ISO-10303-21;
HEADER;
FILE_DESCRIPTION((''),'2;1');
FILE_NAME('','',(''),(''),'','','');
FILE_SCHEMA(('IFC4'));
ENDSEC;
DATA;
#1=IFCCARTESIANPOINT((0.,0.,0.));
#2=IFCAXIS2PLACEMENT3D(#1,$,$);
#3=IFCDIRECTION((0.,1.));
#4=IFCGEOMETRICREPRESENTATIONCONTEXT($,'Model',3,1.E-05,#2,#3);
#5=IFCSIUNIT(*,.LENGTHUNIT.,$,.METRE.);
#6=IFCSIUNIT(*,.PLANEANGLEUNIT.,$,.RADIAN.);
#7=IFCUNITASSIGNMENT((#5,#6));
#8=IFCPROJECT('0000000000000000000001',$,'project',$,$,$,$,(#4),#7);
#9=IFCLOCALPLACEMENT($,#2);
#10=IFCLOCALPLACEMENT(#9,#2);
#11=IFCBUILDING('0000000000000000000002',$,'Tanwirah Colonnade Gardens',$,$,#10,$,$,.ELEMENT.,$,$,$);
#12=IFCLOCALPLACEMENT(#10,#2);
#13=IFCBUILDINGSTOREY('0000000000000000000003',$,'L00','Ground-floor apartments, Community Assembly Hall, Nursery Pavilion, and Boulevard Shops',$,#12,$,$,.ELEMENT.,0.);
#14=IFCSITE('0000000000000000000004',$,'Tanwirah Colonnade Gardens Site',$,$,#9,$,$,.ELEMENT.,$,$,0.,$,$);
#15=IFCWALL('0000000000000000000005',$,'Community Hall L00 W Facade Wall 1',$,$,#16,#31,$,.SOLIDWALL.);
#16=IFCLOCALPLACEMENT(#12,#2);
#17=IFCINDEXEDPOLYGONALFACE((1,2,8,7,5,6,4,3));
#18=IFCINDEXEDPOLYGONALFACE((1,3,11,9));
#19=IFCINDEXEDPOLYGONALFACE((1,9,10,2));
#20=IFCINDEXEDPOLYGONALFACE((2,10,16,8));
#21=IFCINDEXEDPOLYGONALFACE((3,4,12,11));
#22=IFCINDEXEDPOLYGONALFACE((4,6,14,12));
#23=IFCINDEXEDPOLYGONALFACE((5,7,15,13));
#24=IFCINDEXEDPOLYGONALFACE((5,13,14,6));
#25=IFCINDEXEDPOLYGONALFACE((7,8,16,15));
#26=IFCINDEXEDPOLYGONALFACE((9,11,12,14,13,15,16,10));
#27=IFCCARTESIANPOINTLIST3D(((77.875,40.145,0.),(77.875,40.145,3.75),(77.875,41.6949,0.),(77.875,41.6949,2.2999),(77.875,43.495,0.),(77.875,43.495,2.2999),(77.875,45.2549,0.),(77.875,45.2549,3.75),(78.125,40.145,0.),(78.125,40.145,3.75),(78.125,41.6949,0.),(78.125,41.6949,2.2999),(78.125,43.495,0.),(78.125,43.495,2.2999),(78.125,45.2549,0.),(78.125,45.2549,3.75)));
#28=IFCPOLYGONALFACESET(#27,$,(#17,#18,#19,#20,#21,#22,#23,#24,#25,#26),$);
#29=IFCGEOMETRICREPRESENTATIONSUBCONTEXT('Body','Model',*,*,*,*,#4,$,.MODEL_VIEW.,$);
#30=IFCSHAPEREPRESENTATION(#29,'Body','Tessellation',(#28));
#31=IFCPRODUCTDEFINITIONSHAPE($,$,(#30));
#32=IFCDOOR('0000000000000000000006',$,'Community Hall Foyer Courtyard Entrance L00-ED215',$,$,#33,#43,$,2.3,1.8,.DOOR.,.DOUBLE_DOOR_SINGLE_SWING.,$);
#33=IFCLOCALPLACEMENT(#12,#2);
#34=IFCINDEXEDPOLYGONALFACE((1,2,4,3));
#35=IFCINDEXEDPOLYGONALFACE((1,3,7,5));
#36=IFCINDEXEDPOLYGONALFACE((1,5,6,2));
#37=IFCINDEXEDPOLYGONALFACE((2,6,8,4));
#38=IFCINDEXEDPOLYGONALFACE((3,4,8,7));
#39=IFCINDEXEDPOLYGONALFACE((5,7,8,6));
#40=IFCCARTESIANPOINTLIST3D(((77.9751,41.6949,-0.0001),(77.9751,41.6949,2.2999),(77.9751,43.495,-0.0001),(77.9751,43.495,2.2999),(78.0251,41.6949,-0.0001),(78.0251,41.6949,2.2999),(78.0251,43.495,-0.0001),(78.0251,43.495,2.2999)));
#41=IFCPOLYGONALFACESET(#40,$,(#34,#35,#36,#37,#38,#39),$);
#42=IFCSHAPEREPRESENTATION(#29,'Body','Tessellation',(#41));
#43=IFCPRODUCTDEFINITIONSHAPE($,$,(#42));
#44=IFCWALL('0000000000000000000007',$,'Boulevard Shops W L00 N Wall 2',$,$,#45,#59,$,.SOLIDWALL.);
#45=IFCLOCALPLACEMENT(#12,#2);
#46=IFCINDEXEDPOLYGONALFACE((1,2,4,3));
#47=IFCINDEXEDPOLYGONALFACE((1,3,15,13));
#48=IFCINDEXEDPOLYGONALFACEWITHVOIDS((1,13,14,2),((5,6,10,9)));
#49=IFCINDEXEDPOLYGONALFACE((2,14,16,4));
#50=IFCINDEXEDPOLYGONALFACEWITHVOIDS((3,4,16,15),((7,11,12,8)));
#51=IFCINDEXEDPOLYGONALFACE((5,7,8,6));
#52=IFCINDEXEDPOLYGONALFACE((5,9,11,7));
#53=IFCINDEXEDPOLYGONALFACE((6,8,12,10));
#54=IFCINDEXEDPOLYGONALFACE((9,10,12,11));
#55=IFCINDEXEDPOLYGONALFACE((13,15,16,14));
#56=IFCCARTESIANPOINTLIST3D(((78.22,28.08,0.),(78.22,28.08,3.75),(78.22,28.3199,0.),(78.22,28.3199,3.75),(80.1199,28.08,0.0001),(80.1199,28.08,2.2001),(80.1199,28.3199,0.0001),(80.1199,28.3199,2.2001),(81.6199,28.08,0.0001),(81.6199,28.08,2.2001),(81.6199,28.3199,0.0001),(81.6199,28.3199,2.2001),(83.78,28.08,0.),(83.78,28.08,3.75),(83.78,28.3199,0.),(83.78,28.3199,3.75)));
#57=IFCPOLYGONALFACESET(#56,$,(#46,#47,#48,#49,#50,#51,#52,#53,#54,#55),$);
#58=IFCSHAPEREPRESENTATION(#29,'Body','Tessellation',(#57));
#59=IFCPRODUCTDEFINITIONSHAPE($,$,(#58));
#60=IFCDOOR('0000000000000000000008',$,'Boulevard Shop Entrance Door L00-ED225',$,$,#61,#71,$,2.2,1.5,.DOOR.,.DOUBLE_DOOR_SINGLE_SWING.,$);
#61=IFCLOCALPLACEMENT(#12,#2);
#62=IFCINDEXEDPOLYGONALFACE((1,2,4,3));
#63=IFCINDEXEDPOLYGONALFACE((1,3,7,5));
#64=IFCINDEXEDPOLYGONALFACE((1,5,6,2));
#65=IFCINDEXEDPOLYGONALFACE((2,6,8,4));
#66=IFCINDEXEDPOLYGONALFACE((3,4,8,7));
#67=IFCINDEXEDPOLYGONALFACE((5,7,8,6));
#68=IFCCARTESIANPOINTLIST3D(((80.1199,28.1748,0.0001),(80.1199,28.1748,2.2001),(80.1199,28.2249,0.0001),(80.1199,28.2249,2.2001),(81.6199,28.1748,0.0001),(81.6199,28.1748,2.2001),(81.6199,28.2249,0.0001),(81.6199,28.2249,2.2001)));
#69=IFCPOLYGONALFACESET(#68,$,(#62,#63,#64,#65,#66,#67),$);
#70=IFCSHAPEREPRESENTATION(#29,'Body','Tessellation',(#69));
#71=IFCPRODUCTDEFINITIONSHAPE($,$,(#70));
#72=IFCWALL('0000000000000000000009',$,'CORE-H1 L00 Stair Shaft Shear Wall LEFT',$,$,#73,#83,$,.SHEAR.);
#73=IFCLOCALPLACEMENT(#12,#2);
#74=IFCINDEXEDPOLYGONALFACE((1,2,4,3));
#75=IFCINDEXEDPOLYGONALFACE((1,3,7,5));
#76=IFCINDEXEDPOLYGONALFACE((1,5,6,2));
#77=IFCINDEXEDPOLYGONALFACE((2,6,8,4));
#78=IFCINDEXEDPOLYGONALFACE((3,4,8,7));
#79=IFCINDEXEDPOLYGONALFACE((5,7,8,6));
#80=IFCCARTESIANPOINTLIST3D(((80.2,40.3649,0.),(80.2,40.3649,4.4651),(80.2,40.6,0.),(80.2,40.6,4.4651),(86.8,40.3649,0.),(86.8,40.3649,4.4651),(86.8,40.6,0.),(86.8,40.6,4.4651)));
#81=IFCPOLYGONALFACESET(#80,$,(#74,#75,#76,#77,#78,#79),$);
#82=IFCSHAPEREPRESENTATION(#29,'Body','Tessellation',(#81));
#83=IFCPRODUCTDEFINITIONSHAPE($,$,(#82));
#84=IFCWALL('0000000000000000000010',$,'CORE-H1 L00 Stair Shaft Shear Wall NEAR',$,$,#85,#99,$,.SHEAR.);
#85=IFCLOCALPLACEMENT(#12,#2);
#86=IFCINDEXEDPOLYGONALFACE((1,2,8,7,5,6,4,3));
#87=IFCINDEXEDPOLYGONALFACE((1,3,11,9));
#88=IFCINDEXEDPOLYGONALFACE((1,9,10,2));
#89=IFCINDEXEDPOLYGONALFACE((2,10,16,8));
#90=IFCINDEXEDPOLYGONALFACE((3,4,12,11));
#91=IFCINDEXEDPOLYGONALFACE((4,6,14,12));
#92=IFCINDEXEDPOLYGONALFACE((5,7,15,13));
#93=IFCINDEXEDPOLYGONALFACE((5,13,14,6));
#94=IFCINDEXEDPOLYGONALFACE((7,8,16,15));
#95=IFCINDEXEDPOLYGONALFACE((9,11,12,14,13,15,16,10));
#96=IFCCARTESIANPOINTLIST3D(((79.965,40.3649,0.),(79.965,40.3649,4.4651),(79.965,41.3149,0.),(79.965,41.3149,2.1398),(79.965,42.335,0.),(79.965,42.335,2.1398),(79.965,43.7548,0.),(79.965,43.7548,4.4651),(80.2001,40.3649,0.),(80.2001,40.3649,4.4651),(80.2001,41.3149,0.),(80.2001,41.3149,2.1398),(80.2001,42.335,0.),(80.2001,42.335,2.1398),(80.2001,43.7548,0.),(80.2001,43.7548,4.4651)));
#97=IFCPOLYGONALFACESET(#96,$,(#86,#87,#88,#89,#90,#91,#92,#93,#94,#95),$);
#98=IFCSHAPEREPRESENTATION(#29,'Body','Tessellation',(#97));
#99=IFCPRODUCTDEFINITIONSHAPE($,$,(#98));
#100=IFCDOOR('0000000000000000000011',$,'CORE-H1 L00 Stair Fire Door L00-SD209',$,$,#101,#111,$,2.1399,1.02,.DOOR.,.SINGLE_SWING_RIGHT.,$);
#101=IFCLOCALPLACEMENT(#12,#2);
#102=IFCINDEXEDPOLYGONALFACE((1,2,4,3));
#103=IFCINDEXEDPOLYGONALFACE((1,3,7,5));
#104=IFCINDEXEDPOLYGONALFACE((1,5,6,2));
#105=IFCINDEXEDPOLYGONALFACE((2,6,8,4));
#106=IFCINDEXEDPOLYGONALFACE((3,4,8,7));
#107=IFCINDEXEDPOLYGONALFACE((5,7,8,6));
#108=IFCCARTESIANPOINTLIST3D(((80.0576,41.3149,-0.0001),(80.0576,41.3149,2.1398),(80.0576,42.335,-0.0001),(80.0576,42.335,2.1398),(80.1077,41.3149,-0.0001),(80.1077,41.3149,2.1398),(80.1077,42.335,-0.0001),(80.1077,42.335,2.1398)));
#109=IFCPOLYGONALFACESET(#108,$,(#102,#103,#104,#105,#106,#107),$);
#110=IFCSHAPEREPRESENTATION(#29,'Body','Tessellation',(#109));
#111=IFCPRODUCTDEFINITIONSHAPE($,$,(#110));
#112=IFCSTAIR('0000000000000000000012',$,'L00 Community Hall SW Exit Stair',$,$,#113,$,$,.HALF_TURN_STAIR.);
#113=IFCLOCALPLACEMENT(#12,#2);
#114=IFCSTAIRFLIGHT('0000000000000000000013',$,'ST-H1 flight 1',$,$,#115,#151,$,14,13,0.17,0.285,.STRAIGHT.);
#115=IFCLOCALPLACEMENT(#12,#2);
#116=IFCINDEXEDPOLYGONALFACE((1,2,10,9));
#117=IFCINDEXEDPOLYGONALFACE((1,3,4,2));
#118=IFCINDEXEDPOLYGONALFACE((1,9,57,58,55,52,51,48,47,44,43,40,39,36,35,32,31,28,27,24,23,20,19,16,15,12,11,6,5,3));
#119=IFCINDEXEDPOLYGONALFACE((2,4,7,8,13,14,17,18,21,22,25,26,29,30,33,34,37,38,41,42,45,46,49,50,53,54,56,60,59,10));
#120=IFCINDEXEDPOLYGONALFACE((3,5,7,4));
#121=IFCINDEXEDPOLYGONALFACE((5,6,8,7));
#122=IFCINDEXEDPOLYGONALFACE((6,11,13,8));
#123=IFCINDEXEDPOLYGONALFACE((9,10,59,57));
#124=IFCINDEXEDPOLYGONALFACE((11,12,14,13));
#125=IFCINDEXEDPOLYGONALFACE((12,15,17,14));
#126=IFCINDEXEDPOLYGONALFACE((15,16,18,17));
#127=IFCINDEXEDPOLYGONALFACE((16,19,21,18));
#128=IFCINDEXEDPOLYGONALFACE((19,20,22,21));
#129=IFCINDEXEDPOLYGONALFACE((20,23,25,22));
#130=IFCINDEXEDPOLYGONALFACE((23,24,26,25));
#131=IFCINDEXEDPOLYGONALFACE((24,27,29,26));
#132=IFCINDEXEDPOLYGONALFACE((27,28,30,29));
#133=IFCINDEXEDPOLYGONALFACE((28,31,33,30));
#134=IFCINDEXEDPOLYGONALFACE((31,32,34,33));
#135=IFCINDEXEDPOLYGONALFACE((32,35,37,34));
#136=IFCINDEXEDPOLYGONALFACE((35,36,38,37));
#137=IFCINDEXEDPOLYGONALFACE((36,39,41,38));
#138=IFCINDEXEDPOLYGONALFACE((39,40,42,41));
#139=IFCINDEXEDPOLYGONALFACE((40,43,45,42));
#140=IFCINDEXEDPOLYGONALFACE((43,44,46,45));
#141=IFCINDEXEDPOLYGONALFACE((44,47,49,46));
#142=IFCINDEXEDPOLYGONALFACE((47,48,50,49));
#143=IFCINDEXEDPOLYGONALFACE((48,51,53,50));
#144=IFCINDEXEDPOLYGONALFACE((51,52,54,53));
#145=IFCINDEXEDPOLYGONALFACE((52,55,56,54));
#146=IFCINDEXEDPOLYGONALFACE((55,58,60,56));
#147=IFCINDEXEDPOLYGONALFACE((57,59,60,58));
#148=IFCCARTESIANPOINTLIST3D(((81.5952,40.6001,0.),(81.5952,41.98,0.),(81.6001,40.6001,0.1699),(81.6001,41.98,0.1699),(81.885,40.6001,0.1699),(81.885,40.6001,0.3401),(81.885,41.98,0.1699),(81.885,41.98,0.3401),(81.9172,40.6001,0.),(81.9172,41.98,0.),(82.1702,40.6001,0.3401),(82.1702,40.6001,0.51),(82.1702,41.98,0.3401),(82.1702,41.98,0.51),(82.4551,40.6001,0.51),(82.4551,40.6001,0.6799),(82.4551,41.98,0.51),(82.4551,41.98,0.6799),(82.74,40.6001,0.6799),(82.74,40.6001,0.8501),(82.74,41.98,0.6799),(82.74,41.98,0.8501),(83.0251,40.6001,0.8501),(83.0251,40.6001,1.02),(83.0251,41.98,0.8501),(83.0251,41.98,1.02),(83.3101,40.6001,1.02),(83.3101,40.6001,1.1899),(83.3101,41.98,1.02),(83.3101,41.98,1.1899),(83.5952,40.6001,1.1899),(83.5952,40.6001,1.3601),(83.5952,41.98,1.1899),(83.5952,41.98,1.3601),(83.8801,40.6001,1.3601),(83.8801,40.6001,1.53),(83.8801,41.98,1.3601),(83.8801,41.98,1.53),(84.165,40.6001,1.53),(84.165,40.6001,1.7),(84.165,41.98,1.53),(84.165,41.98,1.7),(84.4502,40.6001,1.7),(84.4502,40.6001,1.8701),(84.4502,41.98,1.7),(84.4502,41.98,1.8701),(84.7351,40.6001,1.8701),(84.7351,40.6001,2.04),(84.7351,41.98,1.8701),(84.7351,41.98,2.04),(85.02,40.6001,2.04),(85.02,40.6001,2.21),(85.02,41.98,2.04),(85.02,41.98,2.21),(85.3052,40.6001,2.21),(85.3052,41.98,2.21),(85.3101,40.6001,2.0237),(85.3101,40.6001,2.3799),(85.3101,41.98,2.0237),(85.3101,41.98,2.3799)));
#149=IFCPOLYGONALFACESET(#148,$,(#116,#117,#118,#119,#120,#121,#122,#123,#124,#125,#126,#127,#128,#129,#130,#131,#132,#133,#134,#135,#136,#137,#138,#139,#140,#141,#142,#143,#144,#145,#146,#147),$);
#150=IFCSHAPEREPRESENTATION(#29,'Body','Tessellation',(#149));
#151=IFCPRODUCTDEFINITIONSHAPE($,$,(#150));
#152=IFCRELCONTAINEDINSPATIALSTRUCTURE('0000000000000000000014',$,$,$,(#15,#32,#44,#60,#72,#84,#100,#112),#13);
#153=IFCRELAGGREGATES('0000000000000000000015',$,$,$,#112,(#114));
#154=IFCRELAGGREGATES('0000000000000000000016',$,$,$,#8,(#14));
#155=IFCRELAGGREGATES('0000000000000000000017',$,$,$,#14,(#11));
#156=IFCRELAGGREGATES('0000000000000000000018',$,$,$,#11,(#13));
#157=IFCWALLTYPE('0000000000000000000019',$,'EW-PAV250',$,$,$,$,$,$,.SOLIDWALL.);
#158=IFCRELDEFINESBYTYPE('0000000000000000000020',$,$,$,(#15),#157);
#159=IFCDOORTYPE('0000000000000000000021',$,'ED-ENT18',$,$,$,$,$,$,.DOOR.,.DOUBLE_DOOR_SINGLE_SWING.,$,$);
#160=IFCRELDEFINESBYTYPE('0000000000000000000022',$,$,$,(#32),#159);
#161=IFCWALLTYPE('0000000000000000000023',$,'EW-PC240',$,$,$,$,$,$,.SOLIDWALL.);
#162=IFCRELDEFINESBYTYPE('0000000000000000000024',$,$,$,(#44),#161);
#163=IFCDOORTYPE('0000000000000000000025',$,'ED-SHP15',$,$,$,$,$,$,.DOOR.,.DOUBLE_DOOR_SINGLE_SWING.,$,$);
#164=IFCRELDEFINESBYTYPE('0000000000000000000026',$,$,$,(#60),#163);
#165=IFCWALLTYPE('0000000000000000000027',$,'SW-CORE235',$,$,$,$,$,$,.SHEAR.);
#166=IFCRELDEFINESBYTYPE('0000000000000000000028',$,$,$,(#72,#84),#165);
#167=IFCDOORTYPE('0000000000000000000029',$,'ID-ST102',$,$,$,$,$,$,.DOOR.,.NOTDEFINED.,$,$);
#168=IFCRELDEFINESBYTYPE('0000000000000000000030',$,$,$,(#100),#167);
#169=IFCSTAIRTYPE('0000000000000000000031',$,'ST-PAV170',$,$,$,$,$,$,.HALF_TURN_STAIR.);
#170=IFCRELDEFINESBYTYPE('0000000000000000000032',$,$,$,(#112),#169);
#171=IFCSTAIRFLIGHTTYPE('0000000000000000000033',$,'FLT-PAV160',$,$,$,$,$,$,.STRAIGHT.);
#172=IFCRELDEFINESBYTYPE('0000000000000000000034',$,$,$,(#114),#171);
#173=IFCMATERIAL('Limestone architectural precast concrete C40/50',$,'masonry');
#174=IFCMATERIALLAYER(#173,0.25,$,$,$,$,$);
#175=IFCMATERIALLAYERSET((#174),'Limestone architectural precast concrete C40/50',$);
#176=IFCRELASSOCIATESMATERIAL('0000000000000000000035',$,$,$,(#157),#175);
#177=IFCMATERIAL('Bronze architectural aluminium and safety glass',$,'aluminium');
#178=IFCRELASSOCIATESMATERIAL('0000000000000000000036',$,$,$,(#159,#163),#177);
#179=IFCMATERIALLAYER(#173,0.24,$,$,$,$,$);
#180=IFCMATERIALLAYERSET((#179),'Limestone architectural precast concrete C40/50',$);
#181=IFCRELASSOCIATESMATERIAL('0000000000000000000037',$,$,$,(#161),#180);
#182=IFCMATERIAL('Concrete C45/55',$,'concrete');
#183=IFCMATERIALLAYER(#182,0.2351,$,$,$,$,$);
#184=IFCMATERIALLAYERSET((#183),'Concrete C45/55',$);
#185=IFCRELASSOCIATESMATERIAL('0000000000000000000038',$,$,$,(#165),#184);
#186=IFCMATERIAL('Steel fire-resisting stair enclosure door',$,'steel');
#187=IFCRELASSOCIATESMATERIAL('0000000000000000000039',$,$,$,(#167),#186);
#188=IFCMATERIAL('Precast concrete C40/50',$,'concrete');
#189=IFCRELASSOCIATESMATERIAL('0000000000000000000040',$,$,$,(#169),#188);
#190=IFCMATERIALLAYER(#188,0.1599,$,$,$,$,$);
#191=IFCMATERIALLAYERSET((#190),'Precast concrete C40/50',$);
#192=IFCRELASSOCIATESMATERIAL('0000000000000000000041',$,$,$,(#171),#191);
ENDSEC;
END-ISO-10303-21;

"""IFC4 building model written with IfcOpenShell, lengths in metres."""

from ifc_helpers import new_model, si_unit, direction, frame, frame_2d, origin, place, context, subcontext, project, spatial, polyline, rectangle, outline, extrude, material, layer, layer_set, type_object, element, fill, aggregate, save


model = new_model("IFC4")

# Units and contexts
model_context = context("Model", 3, precision=1e-05, world=origin(), true_north=direction((0.0, 1.0)))
body_context = subcontext(model_context, "Body", "Model", "MODEL_VIEW")
ifc_project = project(units=[si_unit("LENGTHUNIT", "METRE"), si_unit("PLANEANGLEUNIT", "RADIAN")], contexts=[model_context])

# Site, building, storey
site_placement = place(None, origin())
site = spatial("IfcSite", under=ifc_project, at=site_placement, Name="Tanwirah Colonnade Gardens Site", CompositionType="ELEMENT", RefElevation=0.0)
building_placement = place(site_placement, origin())
building = spatial("IfcBuilding", under=site, at=building_placement, Name="Tanwirah Colonnade Gardens", CompositionType="ELEMENT")
storey_placement = place(building_placement, origin())
storey = spatial("IfcBuildingStorey", under=building, at=storey_placement, Name="L00", Description="Ground-floor apartments, Community Assembly Hall, Nursery Pavilion, and Boulevard Shops", CompositionType="ELEMENT", Elevation=0.0)

# Shared definitions
ifc_material_1 = material(Name="Precast concrete C40/50", Category="concrete")
ifc_material_2 = material(Name="Concrete C45/55", Category="concrete")

# Walls, openings, doors
ifc_material_3 = material(Name="Limestone architectural precast concrete C40/50", Category="masonry")
ifc_layer_1 = layer(ifc_material_3, 0.25)
ifc_layer_set_1 = layer_set([ifc_layer_1], Name="Limestone architectural precast concrete C40/50")
wall_type_1 = type_object("IfcWallType", Name="EW-PAV250", PredefinedType="SOLIDWALL", material=ifc_layer_set_1)
wall_1_placement = place(storey_placement, frame((78.0, 40.145, 0.0), z_axis=(0.0, 0.0, 1.0), x_axis=(0.0, 1.0, 0.0)))
wall_1 = element("IfcWall", 1, at=wall_1_placement, inside=storey, type_object=wall_type_1, Name="Community Hall L00 W Facade Wall 1", PredefinedType="SOLIDWALL", context=body_context, shape_type="SweptSolid", body=[
    extrude(rectangle(XDim=5.1099, YDim=0.25, at=frame_2d((2.5549, 0.0))), origin(), (0.0, 0.0, 1.0), 3.75),
])
opening_1_placement = place(wall_1_placement, frame((1.55, 0.0, 0.0)))
opening_1 = element("IfcOpeningElement", 2, at=opening_1_placement, cuts=wall_1, PredefinedType="OPENING", context=body_context, shape_type="SweptSolid", body=[
    extrude(rectangle(XDim=1.8, YDim=2.3, at=frame_2d((0.8999, 1.1499))), frame((0.0, 0.135, 0.0), z_axis=(0.0, -1.0, 0.0), x_axis=(1.0, 0.0, 0.0)), (0.0, 0.0, 1.0), 0.27),
])
ifc_material_4 = material(Name="Bronze architectural aluminium and safety glass", Category="aluminium")
door_type_1 = type_object("IfcDoorType", Name="ED-ENT18", OperationType="DOUBLE_DOOR_SINGLE_SWING", PredefinedType="DOOR", material=ifc_material_4)
door_1_placement = place(opening_1_placement, origin())
door_1 = element("IfcDoor", 3, at=door_1_placement, inside=storey, type_object=door_type_1, Name="Community Hall Foyer Courtyard Entrance L00-ED215", OperationType="DOUBLE_DOOR_SINGLE_SWING", OverallHeight=2.3, OverallWidth=1.8, PredefinedType="DOOR", context=body_context, shape_type="SweptSolid", body=[
    extrude(rectangle(XDim=1.8, YDim=2.3, at=frame_2d((0.8999, 1.1499))), frame((0.0, 0.0249, 0.0), z_axis=(0.0, -1.0, 0.0), x_axis=(1.0, 0.0, 0.0)), (0.0, 0.0, 1.0), 0.05),
])
fill(opening_1, door_1)
ifc_layer_2 = layer(ifc_material_3, 0.24)
ifc_layer_set_2 = layer_set([ifc_layer_2], Name="Limestone architectural precast concrete C40/50")
wall_type_2 = type_object("IfcWallType", Name="EW-PC240", PredefinedType="SOLIDWALL", material=ifc_layer_set_2)
wall_2_placement = place(storey_placement, frame((78.22, 28.2, 0.0), z_axis=(0.0, 0.0, 1.0), x_axis=(1.0, 0.0, 0.0)))
wall_2 = element("IfcWall", 4, at=wall_2_placement, inside=storey, type_object=wall_type_2, Name="Boulevard Shops W L00 N Wall 2", PredefinedType="SOLIDWALL", context=body_context, shape_type="SweptSolid", body=[
    extrude(rectangle(XDim=5.5601, YDim=0.24, at=frame_2d((2.78, 0.0))), origin(), (0.0, 0.0, 1.0), 3.75),
])
opening_2_placement = place(wall_2_placement, frame((1.8999, 0.0, 0.0)))
opening_2 = element("IfcOpeningElement", 5, at=opening_2_placement, cuts=wall_2, PredefinedType="OPENING", context=body_context, shape_type="SweptSolid", body=[
    extrude(rectangle(XDim=1.5, YDim=2.2, at=frame_2d((0.75, 1.1001))), frame((0.0, 0.1299, 0.0), z_axis=(0.0, -1.0, 0.0), x_axis=(1.0, 0.0, 0.0)), (0.0, 0.0, 1.0), 0.26),
])
door_type_2 = type_object("IfcDoorType", Name="ED-SHP15", OperationType="DOUBLE_DOOR_SINGLE_SWING", PredefinedType="DOOR", material=ifc_material_4)
door_2_placement = place(opening_2_placement, origin())
door_2 = element("IfcDoor", 6, at=door_2_placement, inside=storey, type_object=door_type_2, Name="Boulevard Shop Entrance Door L00-ED225", OperationType="DOUBLE_DOOR_SINGLE_SWING", OverallHeight=2.2, OverallWidth=1.5, PredefinedType="DOOR", context=body_context, shape_type="SweptSolid", body=[
    extrude(rectangle(XDim=1.5, YDim=2.2, at=frame_2d((0.75, 1.1001))), frame((0.0, 0.0249, 0.0), z_axis=(0.0, -1.0, 0.0), x_axis=(1.0, 0.0, 0.0)), (0.0, 0.0, 1.0), 0.05),
])
fill(opening_2, door_2)

# Wall
ifc_layer_3 = layer(ifc_material_2, 0.2351)
ifc_layer_set_3 = layer_set([ifc_layer_3], Name="Concrete C45/55")
wall_type_3 = type_object("IfcWallType", Name="SW-CORE235", PredefinedType="SHEAR", material=ifc_layer_set_3)
wall_3_placement = place(storey_placement, frame((80.2, 40.4824, 0.0), z_axis=(0.0, 0.0, 1.0), x_axis=(1.0, 0.0, 0.0)))
element("IfcWall", 7, at=wall_3_placement, inside=storey, type_object=wall_type_3, Name="CORE-H1 L00 Stair Shaft Shear Wall LEFT", PredefinedType="SHEAR", context=body_context, shape_type="SweptSolid", body=[
    extrude(rectangle(XDim=6.6001, YDim=0.2351, at=frame_2d((3.3, 0.0))), origin(), (0.0, 0.0, 1.0), 4.4651),
])

# Wall, opening, door
wall_4_placement = place(storey_placement, frame((80.0825, 40.365, 0.0), z_axis=(0.0, 0.0, 1.0), x_axis=(0.0, 1.0, 0.0)))
wall_4 = element("IfcWall", 8, at=wall_4_placement, inside=storey, type_object=wall_type_3, Name="CORE-H1 L00 Stair Shaft Shear Wall NEAR", PredefinedType="SHEAR", context=body_context, shape_type="SweptSolid", body=[
    extrude(rectangle(XDim=3.3899, YDim=0.2351, at=frame_2d((1.6948, 0.0))), origin(), (0.0, 0.0, 1.0), 4.4651),
])
opening_3_placement = place(wall_4_placement, frame((0.95, 0.0, 0.0)))
opening_3 = element("IfcOpeningElement", 9, at=opening_3_placement, cuts=wall_4, PredefinedType="OPENING", context=body_context, shape_type="SweptSolid", body=[
    extrude(rectangle(XDim=1.02, YDim=2.1399, at=frame_2d((0.51, 1.0698))), frame((0.0, 0.1274, 0.0), z_axis=(0.0, -1.0, 0.0), x_axis=(1.0, 0.0, 0.0)), (0.0, 0.0, 1.0), 0.2551),
])
ifc_material_5 = material(Name="Steel fire-resisting stair enclosure door", Category="steel")
door_type_3 = type_object("IfcDoorType", Name="ID-ST102", OperationType="NOTDEFINED", PredefinedType="DOOR", material=ifc_material_5)
door_3_placement = place(opening_3_placement, origin())
door_3 = element("IfcDoor", 10, at=door_3_placement, inside=storey, type_object=door_type_3, Name="CORE-H1 L00 Stair Fire Door L00-SD209", OperationType="SINGLE_SWING_RIGHT", OverallHeight=2.1399, OverallWidth=1.02, PredefinedType="DOOR", context=body_context, shape_type="SweptSolid", body=[
    extrude(rectangle(XDim=1.02, YDim=2.1399, at=frame_2d((0.51, 1.0698))), frame((0.0, 0.0249, 0.0), z_axis=(0.0, -1.0, 0.0), x_axis=(1.0, 0.0, 0.0)), (0.0, 0.0, 1.0), 0.05),
])
fill(opening_3, door_3)

# Stair, stair flight
stair_type = type_object("IfcStairType", Name="ST-PAV170", PredefinedType="HALF_TURN_STAIR", material=ifc_material_1)
stair_placement = place(storey_placement, origin())
stair = element("IfcStair", 11, at=stair_placement, inside=storey, type_object=stair_type, Name="L00 Community Hall SW Exit Stair", PredefinedType="HALF_TURN_STAIR")
ifc_layer_4 = layer(ifc_material_1, 0.1599)
ifc_layer_set_4 = layer_set([ifc_layer_4], Name="Precast concrete C40/50")
stair_flight_type = type_object("IfcStairFlightType", Name="FLT-PAV160", PredefinedType="STRAIGHT", material=ifc_layer_set_4)
stair_flight_placement = place(storey_placement, frame((81.6001, 41.29, 0.0), z_axis=(0.0, 0.0, 1.0), x_axis=(1.0, 0.0, 0.0)))
stair_flight = element("IfcStairFlight", 12, at=stair_flight_placement, type_object=stair_flight_type, Name="ST-H1 flight 1", NumberOfRisers=14, NumberOfTreads=13, PredefinedType="STRAIGHT", RiserHeight=0.17, TreadLength=0.285, context=body_context, shape_type="SweptSolid", body=[
    extrude(outline(polyline([(-0.0049, 0.0), (0.0, 0.1699), (0.2849, 0.1699), (0.2849, 0.3401), (0.5701, 0.3401), (0.5701, 0.51), (0.855, 0.51), (0.855, 0.6799), (1.1399, 0.6799), (1.1399, 0.8501), (1.425, 0.8501), (1.425, 1.02), (1.71, 1.02), (1.71, 1.1899), (1.9951, 1.1899), (1.9951, 1.3601), (2.28, 1.3601), (2.28, 1.53), (2.5649, 1.53), (2.5649, 1.7), (2.8501, 1.7), (2.8501, 1.8701), (3.135, 1.8701), (3.135, 2.04), (3.4199, 2.04), (3.4199, 2.21), (3.7051, 2.21), (3.71, 2.3799), (3.71, 2.0237), (0.3171, 0.0), (-0.0049, 0.0)])), frame((0.0, 0.6899, 0.0), z_axis=(0.0, -1.0, 0.0), x_axis=(1.0, 0.0, 0.0)), (0.0, 0.0, 1.0), 1.3799),
])
aggregate(stair, [stair_flight])

save(model, "model.ifc")
